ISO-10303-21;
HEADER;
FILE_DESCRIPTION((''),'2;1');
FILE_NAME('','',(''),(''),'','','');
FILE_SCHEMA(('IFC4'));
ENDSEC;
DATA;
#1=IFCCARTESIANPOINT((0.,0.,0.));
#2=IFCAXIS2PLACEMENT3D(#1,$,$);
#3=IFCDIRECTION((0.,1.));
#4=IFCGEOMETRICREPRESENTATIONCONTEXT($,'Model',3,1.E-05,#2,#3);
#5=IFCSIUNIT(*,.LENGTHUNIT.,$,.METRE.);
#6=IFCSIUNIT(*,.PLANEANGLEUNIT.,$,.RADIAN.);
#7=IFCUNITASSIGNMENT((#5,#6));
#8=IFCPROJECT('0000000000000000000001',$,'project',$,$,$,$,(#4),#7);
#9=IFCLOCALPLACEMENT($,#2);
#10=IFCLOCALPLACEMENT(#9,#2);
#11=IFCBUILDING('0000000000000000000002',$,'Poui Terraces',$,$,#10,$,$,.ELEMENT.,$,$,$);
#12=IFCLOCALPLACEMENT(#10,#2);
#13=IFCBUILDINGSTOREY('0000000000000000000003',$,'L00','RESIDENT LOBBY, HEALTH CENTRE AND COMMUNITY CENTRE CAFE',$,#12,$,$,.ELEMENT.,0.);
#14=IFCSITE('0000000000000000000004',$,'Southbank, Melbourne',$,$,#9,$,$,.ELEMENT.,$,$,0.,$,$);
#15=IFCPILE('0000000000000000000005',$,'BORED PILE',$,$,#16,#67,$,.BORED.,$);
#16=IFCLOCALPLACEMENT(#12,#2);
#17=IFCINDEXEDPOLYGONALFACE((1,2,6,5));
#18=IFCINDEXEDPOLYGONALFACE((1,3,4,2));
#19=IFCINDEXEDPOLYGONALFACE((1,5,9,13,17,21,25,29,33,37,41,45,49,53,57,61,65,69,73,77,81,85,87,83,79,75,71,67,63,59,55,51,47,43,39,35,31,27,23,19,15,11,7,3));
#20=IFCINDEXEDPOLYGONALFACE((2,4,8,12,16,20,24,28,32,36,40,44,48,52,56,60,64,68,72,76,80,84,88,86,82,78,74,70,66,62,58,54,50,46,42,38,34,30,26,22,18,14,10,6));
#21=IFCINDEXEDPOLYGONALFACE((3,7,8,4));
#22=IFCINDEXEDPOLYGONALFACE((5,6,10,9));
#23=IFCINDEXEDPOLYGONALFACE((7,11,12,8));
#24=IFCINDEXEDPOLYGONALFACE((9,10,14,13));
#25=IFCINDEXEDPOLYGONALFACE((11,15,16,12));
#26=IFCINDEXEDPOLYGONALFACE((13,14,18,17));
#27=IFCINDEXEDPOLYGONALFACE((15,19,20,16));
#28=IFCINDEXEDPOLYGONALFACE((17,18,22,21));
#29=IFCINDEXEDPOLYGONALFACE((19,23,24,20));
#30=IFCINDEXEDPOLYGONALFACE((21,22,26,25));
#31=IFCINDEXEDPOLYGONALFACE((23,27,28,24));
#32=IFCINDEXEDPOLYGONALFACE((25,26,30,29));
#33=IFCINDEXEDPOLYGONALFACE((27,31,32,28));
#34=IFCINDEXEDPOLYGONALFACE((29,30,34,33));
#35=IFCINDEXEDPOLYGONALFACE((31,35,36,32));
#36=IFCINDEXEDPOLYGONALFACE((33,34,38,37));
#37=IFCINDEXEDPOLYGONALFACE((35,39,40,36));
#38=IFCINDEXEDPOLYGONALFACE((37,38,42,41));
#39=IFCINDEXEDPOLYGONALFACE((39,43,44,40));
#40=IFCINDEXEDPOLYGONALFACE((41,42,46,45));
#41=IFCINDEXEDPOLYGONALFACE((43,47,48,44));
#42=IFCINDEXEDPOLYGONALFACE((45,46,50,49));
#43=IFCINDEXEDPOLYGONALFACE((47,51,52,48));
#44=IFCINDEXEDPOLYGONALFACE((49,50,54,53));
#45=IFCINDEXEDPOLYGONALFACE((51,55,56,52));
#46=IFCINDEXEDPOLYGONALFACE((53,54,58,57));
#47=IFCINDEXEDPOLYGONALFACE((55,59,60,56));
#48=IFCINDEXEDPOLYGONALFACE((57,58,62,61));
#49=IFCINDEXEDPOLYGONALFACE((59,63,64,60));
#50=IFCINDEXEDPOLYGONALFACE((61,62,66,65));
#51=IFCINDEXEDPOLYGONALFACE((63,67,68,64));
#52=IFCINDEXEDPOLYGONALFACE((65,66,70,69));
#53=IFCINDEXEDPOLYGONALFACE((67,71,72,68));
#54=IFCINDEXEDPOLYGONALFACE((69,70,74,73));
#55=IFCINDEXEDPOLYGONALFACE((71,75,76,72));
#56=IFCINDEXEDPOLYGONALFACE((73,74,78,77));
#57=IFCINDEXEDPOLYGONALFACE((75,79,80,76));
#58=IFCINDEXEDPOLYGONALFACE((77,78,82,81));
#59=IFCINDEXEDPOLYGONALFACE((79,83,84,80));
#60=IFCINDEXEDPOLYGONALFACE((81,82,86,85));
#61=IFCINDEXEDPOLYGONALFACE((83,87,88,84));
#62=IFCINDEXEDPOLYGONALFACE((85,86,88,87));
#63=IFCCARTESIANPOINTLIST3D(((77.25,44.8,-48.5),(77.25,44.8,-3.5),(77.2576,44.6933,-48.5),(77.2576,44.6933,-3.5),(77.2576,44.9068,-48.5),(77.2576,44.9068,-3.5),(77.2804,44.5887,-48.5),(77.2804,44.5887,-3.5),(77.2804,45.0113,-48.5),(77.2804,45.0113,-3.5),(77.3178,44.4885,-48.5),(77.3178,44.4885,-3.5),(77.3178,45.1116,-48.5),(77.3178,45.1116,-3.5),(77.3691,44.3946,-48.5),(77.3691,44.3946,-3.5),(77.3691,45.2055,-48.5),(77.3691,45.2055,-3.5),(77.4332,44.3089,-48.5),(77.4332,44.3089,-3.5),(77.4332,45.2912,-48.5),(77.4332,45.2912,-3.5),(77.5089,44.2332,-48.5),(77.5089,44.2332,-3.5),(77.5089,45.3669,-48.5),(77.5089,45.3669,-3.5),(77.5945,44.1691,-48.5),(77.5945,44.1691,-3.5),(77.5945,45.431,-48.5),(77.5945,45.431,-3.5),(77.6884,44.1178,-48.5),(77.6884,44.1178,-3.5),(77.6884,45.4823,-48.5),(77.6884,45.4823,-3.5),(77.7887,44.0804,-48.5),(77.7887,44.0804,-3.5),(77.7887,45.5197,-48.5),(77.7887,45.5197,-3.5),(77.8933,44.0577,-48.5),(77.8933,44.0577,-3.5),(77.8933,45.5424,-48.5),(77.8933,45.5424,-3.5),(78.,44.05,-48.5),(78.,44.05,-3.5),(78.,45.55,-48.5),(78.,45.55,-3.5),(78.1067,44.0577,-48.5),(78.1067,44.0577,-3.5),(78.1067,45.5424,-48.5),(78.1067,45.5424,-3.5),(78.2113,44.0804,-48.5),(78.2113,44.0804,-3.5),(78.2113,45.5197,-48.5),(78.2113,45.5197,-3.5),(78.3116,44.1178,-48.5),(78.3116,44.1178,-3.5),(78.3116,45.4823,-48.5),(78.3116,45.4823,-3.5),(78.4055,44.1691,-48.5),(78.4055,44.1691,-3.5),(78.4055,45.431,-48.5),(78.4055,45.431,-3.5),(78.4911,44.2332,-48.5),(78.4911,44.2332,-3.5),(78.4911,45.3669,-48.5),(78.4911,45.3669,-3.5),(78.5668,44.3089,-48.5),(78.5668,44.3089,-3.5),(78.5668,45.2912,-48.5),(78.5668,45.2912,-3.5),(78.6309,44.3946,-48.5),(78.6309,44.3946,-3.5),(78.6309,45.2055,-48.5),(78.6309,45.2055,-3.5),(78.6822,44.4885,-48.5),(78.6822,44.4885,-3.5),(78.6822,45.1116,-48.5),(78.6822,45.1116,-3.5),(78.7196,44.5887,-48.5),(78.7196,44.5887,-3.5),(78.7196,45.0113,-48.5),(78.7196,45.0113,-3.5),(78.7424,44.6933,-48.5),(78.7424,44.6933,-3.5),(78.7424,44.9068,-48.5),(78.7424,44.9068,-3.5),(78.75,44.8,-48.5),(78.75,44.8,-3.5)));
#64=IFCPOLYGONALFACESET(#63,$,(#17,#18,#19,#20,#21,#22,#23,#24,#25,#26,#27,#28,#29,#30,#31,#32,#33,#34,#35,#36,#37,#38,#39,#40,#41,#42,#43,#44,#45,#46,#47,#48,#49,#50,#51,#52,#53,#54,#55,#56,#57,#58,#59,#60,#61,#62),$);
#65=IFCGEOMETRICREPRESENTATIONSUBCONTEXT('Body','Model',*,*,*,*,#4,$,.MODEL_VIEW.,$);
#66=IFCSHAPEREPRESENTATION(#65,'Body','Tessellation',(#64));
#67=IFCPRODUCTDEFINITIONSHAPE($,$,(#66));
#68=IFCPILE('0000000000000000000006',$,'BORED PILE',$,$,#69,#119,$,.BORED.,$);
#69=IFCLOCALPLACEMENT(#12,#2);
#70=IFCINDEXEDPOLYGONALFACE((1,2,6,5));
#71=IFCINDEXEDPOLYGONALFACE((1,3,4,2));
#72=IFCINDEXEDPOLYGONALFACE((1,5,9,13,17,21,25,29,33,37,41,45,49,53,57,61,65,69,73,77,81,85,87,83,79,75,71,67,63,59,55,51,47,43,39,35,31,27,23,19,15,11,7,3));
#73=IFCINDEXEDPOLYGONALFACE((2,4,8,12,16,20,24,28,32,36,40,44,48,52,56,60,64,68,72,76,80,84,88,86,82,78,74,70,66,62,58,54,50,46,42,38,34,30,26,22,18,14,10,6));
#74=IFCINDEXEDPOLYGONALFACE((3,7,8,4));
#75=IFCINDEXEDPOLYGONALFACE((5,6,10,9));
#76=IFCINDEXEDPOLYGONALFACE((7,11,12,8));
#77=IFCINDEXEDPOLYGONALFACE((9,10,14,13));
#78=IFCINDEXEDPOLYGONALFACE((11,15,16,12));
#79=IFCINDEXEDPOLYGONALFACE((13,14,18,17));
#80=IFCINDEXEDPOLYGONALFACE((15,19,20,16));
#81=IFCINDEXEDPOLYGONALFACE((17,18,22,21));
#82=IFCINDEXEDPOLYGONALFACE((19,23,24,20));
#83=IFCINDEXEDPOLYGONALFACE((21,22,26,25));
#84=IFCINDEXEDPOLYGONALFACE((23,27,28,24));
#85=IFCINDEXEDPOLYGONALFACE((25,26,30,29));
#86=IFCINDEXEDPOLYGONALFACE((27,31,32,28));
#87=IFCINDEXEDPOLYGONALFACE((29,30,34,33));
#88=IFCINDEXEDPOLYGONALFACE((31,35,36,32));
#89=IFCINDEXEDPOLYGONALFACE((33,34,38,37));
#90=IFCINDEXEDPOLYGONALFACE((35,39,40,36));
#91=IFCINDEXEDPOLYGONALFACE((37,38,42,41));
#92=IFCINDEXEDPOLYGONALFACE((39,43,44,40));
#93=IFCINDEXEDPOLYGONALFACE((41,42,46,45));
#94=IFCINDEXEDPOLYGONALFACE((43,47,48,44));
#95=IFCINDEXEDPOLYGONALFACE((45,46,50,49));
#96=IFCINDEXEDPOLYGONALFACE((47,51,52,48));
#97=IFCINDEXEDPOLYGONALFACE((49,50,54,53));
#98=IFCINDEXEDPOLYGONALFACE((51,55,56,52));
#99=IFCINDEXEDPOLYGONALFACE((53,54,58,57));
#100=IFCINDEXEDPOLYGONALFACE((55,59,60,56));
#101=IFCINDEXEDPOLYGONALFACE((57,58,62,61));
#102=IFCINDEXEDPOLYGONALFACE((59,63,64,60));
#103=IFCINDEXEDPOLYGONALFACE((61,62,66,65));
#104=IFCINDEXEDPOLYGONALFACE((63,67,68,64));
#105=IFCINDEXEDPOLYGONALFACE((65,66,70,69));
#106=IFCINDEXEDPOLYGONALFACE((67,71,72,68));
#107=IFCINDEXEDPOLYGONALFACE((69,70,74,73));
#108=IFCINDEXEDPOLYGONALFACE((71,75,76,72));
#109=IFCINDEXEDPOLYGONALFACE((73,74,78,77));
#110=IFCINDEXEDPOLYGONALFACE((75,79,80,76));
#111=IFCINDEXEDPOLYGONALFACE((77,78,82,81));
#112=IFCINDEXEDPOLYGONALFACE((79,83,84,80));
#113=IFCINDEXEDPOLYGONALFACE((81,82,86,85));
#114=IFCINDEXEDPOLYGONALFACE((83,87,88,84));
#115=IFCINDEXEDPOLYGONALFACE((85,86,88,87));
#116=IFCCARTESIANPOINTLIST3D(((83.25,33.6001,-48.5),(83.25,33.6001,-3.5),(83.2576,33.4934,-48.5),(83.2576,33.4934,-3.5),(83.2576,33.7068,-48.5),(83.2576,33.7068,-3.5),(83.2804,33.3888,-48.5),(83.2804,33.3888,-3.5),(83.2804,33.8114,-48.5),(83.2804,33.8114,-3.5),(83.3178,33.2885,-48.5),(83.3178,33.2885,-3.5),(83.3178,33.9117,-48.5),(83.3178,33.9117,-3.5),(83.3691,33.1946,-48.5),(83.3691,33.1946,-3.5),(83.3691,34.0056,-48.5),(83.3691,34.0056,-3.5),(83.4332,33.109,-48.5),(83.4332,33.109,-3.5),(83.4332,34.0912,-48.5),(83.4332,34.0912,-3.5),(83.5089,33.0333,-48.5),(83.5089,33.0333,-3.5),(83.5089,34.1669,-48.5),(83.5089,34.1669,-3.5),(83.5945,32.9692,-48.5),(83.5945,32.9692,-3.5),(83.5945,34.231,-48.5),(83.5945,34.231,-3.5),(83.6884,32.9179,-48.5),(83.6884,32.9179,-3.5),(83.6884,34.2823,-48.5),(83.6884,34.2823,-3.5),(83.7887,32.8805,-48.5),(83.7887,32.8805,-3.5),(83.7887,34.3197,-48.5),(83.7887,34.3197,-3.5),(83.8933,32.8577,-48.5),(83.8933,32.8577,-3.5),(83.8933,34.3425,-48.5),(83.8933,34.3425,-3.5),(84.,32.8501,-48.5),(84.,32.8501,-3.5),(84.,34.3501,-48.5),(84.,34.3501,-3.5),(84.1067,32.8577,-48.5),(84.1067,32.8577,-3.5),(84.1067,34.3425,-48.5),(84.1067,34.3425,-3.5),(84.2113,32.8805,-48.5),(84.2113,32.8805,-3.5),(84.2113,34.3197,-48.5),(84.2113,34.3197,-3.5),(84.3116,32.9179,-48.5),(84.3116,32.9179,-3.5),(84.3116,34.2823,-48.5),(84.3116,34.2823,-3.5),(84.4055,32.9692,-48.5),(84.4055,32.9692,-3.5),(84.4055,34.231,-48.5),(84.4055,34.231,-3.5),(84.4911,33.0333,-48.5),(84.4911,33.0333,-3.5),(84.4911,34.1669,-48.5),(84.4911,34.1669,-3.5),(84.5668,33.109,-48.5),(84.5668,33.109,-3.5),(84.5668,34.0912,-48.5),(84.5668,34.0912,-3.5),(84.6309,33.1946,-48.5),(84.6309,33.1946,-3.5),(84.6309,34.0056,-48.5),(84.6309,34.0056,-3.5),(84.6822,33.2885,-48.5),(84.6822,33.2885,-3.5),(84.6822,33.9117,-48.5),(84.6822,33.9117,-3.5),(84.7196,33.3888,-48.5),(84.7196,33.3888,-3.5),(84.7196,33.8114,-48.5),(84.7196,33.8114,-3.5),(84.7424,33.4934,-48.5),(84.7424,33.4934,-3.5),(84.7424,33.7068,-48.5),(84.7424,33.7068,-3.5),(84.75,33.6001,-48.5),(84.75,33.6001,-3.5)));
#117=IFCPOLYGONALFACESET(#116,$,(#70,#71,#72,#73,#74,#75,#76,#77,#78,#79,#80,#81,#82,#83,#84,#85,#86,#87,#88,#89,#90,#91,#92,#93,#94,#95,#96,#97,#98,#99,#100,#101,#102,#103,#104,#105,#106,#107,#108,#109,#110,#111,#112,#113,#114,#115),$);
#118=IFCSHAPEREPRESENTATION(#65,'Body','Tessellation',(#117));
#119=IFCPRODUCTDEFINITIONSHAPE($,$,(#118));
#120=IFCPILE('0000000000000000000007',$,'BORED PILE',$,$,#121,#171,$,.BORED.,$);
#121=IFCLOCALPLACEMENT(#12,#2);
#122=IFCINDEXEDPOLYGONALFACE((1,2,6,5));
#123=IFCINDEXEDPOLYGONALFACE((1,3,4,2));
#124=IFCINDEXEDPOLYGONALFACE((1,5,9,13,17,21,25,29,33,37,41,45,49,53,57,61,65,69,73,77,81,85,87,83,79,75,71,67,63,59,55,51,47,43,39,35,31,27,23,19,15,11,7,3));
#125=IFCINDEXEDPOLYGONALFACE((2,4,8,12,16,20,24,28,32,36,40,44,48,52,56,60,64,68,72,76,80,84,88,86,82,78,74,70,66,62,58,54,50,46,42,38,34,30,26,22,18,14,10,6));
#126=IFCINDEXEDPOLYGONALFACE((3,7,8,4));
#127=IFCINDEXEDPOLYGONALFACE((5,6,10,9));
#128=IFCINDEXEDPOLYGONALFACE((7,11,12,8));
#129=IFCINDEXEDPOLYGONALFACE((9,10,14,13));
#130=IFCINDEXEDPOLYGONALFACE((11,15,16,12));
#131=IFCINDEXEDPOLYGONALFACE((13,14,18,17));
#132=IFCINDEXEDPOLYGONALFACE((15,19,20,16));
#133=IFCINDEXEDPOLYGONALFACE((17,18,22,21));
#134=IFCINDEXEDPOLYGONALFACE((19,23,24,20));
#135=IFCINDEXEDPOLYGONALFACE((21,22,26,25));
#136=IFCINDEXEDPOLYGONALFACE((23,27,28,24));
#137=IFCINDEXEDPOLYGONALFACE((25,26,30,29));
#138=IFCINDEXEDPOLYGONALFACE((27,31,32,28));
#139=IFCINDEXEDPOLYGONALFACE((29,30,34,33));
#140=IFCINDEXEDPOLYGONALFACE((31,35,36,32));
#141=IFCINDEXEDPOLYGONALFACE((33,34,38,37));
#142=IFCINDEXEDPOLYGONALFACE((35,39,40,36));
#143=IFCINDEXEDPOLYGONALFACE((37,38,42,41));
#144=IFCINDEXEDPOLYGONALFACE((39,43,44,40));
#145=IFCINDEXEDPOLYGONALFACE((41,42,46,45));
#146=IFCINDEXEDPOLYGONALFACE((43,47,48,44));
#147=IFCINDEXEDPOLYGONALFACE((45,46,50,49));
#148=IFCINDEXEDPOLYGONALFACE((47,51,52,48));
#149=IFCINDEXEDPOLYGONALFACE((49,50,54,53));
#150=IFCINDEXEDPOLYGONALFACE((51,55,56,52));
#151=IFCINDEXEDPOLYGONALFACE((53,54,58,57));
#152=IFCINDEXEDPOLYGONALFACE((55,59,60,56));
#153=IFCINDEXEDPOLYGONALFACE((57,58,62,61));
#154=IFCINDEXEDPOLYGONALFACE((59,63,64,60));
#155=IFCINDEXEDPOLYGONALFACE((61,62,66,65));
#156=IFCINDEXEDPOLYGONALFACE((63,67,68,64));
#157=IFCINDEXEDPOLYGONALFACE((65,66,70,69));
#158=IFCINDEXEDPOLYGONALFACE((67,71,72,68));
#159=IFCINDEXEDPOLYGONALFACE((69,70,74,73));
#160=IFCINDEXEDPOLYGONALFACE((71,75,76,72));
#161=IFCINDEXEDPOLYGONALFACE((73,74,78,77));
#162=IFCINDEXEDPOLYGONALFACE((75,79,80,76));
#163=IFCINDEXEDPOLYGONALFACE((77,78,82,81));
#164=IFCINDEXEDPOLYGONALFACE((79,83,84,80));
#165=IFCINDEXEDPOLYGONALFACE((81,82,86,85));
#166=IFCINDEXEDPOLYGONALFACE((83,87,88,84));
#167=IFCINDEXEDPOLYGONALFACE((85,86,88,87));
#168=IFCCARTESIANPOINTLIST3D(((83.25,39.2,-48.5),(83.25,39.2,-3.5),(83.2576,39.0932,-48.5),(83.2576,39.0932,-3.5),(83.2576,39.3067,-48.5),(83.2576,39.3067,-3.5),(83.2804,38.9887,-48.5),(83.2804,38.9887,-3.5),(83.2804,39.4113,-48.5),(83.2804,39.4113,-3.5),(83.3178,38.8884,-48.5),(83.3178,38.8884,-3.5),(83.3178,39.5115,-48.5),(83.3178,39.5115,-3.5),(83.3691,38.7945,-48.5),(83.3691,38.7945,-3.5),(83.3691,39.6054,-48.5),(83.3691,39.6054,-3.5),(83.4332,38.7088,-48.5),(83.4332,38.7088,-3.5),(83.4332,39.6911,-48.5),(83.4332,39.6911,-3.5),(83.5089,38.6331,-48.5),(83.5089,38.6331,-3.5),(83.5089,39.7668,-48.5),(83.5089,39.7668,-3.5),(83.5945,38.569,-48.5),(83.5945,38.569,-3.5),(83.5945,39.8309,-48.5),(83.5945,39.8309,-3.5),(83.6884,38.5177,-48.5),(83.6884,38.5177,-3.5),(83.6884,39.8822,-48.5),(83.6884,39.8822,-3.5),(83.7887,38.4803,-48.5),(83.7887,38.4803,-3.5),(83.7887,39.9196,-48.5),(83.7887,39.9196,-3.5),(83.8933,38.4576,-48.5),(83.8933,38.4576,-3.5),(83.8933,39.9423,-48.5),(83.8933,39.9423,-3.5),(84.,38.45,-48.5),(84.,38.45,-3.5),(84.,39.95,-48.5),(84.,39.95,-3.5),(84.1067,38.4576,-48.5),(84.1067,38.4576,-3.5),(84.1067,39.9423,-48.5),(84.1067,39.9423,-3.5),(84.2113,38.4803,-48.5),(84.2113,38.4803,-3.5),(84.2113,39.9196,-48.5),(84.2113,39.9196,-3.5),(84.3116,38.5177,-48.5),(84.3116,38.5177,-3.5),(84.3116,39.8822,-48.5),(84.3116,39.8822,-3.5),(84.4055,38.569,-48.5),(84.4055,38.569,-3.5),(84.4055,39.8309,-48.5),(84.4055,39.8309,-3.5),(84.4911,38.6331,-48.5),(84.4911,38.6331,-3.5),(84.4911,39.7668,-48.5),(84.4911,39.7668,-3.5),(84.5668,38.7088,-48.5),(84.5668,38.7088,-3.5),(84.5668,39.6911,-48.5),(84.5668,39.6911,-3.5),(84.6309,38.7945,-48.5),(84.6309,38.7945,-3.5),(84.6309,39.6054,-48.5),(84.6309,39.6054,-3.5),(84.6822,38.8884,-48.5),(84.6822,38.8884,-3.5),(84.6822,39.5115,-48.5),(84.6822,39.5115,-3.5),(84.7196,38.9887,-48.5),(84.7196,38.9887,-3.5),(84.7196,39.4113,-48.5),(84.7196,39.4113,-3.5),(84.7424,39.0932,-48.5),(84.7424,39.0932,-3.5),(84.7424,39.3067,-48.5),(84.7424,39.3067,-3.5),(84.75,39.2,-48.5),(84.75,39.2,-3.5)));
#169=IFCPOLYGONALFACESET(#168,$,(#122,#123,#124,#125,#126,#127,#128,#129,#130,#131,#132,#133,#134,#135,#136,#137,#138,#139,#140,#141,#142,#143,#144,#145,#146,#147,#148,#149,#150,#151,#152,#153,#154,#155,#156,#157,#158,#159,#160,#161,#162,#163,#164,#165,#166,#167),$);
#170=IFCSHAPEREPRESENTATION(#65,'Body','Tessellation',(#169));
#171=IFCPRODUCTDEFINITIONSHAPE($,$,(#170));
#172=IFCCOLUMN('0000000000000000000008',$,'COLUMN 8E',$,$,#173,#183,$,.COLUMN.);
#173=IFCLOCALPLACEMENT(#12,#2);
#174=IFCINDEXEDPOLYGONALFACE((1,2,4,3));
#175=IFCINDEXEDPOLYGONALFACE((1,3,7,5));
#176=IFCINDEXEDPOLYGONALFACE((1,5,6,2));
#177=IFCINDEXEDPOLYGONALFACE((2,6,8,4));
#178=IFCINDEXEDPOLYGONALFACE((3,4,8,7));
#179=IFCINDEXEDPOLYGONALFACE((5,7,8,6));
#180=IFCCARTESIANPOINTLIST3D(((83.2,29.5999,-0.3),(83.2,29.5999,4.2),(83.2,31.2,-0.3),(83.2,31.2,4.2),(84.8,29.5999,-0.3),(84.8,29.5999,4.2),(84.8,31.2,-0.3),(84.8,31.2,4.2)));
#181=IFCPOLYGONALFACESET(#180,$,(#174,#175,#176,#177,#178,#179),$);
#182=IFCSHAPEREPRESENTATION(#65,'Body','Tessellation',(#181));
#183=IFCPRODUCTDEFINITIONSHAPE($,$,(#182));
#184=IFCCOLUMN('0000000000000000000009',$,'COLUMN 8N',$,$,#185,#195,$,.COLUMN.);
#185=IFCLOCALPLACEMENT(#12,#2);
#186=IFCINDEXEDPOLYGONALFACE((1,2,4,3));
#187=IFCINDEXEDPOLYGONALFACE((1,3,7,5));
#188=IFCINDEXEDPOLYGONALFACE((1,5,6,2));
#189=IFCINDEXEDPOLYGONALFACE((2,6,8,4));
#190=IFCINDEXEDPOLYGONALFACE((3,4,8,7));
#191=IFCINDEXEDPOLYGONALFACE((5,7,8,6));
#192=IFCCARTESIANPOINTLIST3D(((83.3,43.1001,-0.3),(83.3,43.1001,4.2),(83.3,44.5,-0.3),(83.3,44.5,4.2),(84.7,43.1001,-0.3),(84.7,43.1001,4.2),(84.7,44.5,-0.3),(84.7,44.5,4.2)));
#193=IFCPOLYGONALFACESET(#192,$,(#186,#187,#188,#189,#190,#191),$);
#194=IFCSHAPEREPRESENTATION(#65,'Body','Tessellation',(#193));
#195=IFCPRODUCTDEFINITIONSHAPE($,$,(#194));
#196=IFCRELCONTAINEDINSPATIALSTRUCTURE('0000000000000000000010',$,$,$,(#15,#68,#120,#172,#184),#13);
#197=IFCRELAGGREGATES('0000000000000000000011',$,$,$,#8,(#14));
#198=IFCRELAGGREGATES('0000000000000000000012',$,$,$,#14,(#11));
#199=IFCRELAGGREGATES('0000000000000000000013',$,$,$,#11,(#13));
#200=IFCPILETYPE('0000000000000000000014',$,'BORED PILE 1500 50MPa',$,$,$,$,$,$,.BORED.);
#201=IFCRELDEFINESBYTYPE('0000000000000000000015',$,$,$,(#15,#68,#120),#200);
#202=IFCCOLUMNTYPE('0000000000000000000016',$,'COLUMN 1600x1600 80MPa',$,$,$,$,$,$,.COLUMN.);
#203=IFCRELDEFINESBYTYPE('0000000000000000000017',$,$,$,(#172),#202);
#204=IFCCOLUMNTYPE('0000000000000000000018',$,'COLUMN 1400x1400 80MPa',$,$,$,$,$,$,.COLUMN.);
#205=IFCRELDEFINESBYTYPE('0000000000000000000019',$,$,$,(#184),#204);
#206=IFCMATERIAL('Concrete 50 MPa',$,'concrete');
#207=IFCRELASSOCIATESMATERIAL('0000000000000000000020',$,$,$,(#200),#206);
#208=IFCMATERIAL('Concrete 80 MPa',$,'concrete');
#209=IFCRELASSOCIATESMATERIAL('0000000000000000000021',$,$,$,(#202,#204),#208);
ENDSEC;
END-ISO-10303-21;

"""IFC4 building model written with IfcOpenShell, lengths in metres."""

from ifc_helpers import new_model, si_unit, direction, frame, origin, origin_2d, place, context, subcontext, project, spatial, rectangle, circle, extrude, source, transform, mapped, material, material_profile, profile_set, type_object, element, save


model = new_model("IFC4")

# Units and contexts
model_context = context("Model", 3, precision=1e-05, world=origin(), true_north=direction((0.0, 1.0)))
body_context = subcontext(model_context, "Body", "Model", "MODEL_VIEW")
ifc_project = project(units=[si_unit("LENGTHUNIT", "METRE"), si_unit("PLANEANGLEUNIT", "RADIAN")], contexts=[model_context])

# Site, building, storey
site_placement = place(None, origin())
site = spatial("IfcSite", under=ifc_project, at=site_placement, Name="Southbank, Melbourne", CompositionType="ELEMENT", RefElevation=0.0)
building_placement = place(site_placement, origin())
building = spatial("IfcBuilding", under=site, at=building_placement, Name="Poui Terraces", CompositionType="ELEMENT")
storey_placement = place(building_placement, origin())
storey = spatial("IfcBuildingStorey", under=building, at=storey_placement, Name="L00", Description="RESIDENT LOBBY, HEALTH CENTRE AND COMMUNITY CENTRE CAFE", CompositionType="ELEMENT", Elevation=0.0)

# Piles
ifc_material_1 = material(Name="Concrete 50 MPa", Category="concrete")
ifc_material_profile_1 = material_profile(ifc_material_1, circle(Radius=0.75, at=origin_2d()), Name="RC D1500")
ifc_profile_set_1 = profile_set([ifc_material_profile_1], Name="Concrete 50 MPa")
pile_type = type_object("IfcPileType", Name="BORED PILE 1500 50MPa", PredefinedType="BORED", material=ifc_profile_set_1)
for number, where, z_axis, x_axis, name in (
    (1, (78.0, 44.8, -3.5), (0.0, 0.0, -1.0), (1.0, 0.0, 0.0), "BORED PILE"),
    (2, (84.0, 33.6001, -3.5), (0.0, 0.0, -1.0), (1.0, 0.0, 0.0), "BORED PILE"),
    (3, (84.0, 39.2, -3.5), (0.0, 0.0, -1.0), (1.0, 0.0, 0.0), "BORED PILE"),
):
    element("IfcPile", number, at=place(storey_placement, frame(where, z_axis=z_axis, x_axis=x_axis)), inside=storey, type_object=pile_type, Name=name, PredefinedType="BORED", context=body_context, shape_type="SweptSolid", body=[
        extrude(circle(Radius=0.75, at=origin_2d()), origin(), (0.0, 0.0, 1.0), 45.0),
    ])

# Columns
ifc_material_2 = material(Name="Concrete 80 MPa", Category="concrete")
ifc_material_profile_2 = material_profile(ifc_material_2, rectangle(XDim=1.6001, YDim=1.6001, at=origin_2d()), Name="RC 1600x1600")
ifc_profile_set_2 = profile_set([ifc_material_profile_2], Name="Concrete 80 MPa")
column_type_1 = type_object("IfcColumnType", Name="COLUMN 1600x1600 80MPa", PredefinedType="COLUMN", material=ifc_profile_set_2)
shared_shape_1 = source(origin(), body_context, "Body", "SweptSolid", [
    extrude(rectangle(XDim=1.6001, YDim=1.6001, at=origin_2d()), origin(), (0.0, 0.0, 1.0), 4.5),
])
column_1_placement = place(storey_placement, frame((84.0, 30.3999, -0.3), z_axis=(0.0, 0.0, 1.0), x_axis=(1.0, 0.0, 0.0)))
element("IfcColumn", 4, at=column_1_placement, inside=storey, type_object=column_type_1, Name="COLUMN 8E", PredefinedType="COLUMN", context=body_context, shape_type="MappedRepresentation", body=[
    mapped(shared_shape_1, transform((0.0, 0.0, 0.0))),
])
ifc_material_profile_3 = material_profile(ifc_material_2, rectangle(XDim=1.3999, YDim=1.3999, at=origin_2d()), Name="RC 1400x1400")
ifc_profile_set_3 = profile_set([ifc_material_profile_3], Name="Concrete 80 MPa")
column_type_2 = type_object("IfcColumnType", Name="COLUMN 1400x1400 80MPa", PredefinedType="COLUMN", material=ifc_profile_set_3)
shared_shape_2 = source(origin(), body_context, "Body", "SweptSolid", [
    extrude(rectangle(XDim=1.3999, YDim=1.3999, at=origin_2d()), origin(), (0.0, 0.0, 1.0), 4.5),
])
column_2_placement = place(storey_placement, frame((84.0, 43.8, -0.3), z_axis=(0.0, 0.0, 1.0), x_axis=(1.0, 0.0, 0.0)))
element("IfcColumn", 5, at=column_2_placement, inside=storey, type_object=column_type_2, Name="COLUMN 8N", PredefinedType="COLUMN", context=body_context, shape_type="MappedRepresentation", body=[
    mapped(shared_shape_2, transform((0.0, 0.0, 0.0))),
])

save(model, "model.ifc")
